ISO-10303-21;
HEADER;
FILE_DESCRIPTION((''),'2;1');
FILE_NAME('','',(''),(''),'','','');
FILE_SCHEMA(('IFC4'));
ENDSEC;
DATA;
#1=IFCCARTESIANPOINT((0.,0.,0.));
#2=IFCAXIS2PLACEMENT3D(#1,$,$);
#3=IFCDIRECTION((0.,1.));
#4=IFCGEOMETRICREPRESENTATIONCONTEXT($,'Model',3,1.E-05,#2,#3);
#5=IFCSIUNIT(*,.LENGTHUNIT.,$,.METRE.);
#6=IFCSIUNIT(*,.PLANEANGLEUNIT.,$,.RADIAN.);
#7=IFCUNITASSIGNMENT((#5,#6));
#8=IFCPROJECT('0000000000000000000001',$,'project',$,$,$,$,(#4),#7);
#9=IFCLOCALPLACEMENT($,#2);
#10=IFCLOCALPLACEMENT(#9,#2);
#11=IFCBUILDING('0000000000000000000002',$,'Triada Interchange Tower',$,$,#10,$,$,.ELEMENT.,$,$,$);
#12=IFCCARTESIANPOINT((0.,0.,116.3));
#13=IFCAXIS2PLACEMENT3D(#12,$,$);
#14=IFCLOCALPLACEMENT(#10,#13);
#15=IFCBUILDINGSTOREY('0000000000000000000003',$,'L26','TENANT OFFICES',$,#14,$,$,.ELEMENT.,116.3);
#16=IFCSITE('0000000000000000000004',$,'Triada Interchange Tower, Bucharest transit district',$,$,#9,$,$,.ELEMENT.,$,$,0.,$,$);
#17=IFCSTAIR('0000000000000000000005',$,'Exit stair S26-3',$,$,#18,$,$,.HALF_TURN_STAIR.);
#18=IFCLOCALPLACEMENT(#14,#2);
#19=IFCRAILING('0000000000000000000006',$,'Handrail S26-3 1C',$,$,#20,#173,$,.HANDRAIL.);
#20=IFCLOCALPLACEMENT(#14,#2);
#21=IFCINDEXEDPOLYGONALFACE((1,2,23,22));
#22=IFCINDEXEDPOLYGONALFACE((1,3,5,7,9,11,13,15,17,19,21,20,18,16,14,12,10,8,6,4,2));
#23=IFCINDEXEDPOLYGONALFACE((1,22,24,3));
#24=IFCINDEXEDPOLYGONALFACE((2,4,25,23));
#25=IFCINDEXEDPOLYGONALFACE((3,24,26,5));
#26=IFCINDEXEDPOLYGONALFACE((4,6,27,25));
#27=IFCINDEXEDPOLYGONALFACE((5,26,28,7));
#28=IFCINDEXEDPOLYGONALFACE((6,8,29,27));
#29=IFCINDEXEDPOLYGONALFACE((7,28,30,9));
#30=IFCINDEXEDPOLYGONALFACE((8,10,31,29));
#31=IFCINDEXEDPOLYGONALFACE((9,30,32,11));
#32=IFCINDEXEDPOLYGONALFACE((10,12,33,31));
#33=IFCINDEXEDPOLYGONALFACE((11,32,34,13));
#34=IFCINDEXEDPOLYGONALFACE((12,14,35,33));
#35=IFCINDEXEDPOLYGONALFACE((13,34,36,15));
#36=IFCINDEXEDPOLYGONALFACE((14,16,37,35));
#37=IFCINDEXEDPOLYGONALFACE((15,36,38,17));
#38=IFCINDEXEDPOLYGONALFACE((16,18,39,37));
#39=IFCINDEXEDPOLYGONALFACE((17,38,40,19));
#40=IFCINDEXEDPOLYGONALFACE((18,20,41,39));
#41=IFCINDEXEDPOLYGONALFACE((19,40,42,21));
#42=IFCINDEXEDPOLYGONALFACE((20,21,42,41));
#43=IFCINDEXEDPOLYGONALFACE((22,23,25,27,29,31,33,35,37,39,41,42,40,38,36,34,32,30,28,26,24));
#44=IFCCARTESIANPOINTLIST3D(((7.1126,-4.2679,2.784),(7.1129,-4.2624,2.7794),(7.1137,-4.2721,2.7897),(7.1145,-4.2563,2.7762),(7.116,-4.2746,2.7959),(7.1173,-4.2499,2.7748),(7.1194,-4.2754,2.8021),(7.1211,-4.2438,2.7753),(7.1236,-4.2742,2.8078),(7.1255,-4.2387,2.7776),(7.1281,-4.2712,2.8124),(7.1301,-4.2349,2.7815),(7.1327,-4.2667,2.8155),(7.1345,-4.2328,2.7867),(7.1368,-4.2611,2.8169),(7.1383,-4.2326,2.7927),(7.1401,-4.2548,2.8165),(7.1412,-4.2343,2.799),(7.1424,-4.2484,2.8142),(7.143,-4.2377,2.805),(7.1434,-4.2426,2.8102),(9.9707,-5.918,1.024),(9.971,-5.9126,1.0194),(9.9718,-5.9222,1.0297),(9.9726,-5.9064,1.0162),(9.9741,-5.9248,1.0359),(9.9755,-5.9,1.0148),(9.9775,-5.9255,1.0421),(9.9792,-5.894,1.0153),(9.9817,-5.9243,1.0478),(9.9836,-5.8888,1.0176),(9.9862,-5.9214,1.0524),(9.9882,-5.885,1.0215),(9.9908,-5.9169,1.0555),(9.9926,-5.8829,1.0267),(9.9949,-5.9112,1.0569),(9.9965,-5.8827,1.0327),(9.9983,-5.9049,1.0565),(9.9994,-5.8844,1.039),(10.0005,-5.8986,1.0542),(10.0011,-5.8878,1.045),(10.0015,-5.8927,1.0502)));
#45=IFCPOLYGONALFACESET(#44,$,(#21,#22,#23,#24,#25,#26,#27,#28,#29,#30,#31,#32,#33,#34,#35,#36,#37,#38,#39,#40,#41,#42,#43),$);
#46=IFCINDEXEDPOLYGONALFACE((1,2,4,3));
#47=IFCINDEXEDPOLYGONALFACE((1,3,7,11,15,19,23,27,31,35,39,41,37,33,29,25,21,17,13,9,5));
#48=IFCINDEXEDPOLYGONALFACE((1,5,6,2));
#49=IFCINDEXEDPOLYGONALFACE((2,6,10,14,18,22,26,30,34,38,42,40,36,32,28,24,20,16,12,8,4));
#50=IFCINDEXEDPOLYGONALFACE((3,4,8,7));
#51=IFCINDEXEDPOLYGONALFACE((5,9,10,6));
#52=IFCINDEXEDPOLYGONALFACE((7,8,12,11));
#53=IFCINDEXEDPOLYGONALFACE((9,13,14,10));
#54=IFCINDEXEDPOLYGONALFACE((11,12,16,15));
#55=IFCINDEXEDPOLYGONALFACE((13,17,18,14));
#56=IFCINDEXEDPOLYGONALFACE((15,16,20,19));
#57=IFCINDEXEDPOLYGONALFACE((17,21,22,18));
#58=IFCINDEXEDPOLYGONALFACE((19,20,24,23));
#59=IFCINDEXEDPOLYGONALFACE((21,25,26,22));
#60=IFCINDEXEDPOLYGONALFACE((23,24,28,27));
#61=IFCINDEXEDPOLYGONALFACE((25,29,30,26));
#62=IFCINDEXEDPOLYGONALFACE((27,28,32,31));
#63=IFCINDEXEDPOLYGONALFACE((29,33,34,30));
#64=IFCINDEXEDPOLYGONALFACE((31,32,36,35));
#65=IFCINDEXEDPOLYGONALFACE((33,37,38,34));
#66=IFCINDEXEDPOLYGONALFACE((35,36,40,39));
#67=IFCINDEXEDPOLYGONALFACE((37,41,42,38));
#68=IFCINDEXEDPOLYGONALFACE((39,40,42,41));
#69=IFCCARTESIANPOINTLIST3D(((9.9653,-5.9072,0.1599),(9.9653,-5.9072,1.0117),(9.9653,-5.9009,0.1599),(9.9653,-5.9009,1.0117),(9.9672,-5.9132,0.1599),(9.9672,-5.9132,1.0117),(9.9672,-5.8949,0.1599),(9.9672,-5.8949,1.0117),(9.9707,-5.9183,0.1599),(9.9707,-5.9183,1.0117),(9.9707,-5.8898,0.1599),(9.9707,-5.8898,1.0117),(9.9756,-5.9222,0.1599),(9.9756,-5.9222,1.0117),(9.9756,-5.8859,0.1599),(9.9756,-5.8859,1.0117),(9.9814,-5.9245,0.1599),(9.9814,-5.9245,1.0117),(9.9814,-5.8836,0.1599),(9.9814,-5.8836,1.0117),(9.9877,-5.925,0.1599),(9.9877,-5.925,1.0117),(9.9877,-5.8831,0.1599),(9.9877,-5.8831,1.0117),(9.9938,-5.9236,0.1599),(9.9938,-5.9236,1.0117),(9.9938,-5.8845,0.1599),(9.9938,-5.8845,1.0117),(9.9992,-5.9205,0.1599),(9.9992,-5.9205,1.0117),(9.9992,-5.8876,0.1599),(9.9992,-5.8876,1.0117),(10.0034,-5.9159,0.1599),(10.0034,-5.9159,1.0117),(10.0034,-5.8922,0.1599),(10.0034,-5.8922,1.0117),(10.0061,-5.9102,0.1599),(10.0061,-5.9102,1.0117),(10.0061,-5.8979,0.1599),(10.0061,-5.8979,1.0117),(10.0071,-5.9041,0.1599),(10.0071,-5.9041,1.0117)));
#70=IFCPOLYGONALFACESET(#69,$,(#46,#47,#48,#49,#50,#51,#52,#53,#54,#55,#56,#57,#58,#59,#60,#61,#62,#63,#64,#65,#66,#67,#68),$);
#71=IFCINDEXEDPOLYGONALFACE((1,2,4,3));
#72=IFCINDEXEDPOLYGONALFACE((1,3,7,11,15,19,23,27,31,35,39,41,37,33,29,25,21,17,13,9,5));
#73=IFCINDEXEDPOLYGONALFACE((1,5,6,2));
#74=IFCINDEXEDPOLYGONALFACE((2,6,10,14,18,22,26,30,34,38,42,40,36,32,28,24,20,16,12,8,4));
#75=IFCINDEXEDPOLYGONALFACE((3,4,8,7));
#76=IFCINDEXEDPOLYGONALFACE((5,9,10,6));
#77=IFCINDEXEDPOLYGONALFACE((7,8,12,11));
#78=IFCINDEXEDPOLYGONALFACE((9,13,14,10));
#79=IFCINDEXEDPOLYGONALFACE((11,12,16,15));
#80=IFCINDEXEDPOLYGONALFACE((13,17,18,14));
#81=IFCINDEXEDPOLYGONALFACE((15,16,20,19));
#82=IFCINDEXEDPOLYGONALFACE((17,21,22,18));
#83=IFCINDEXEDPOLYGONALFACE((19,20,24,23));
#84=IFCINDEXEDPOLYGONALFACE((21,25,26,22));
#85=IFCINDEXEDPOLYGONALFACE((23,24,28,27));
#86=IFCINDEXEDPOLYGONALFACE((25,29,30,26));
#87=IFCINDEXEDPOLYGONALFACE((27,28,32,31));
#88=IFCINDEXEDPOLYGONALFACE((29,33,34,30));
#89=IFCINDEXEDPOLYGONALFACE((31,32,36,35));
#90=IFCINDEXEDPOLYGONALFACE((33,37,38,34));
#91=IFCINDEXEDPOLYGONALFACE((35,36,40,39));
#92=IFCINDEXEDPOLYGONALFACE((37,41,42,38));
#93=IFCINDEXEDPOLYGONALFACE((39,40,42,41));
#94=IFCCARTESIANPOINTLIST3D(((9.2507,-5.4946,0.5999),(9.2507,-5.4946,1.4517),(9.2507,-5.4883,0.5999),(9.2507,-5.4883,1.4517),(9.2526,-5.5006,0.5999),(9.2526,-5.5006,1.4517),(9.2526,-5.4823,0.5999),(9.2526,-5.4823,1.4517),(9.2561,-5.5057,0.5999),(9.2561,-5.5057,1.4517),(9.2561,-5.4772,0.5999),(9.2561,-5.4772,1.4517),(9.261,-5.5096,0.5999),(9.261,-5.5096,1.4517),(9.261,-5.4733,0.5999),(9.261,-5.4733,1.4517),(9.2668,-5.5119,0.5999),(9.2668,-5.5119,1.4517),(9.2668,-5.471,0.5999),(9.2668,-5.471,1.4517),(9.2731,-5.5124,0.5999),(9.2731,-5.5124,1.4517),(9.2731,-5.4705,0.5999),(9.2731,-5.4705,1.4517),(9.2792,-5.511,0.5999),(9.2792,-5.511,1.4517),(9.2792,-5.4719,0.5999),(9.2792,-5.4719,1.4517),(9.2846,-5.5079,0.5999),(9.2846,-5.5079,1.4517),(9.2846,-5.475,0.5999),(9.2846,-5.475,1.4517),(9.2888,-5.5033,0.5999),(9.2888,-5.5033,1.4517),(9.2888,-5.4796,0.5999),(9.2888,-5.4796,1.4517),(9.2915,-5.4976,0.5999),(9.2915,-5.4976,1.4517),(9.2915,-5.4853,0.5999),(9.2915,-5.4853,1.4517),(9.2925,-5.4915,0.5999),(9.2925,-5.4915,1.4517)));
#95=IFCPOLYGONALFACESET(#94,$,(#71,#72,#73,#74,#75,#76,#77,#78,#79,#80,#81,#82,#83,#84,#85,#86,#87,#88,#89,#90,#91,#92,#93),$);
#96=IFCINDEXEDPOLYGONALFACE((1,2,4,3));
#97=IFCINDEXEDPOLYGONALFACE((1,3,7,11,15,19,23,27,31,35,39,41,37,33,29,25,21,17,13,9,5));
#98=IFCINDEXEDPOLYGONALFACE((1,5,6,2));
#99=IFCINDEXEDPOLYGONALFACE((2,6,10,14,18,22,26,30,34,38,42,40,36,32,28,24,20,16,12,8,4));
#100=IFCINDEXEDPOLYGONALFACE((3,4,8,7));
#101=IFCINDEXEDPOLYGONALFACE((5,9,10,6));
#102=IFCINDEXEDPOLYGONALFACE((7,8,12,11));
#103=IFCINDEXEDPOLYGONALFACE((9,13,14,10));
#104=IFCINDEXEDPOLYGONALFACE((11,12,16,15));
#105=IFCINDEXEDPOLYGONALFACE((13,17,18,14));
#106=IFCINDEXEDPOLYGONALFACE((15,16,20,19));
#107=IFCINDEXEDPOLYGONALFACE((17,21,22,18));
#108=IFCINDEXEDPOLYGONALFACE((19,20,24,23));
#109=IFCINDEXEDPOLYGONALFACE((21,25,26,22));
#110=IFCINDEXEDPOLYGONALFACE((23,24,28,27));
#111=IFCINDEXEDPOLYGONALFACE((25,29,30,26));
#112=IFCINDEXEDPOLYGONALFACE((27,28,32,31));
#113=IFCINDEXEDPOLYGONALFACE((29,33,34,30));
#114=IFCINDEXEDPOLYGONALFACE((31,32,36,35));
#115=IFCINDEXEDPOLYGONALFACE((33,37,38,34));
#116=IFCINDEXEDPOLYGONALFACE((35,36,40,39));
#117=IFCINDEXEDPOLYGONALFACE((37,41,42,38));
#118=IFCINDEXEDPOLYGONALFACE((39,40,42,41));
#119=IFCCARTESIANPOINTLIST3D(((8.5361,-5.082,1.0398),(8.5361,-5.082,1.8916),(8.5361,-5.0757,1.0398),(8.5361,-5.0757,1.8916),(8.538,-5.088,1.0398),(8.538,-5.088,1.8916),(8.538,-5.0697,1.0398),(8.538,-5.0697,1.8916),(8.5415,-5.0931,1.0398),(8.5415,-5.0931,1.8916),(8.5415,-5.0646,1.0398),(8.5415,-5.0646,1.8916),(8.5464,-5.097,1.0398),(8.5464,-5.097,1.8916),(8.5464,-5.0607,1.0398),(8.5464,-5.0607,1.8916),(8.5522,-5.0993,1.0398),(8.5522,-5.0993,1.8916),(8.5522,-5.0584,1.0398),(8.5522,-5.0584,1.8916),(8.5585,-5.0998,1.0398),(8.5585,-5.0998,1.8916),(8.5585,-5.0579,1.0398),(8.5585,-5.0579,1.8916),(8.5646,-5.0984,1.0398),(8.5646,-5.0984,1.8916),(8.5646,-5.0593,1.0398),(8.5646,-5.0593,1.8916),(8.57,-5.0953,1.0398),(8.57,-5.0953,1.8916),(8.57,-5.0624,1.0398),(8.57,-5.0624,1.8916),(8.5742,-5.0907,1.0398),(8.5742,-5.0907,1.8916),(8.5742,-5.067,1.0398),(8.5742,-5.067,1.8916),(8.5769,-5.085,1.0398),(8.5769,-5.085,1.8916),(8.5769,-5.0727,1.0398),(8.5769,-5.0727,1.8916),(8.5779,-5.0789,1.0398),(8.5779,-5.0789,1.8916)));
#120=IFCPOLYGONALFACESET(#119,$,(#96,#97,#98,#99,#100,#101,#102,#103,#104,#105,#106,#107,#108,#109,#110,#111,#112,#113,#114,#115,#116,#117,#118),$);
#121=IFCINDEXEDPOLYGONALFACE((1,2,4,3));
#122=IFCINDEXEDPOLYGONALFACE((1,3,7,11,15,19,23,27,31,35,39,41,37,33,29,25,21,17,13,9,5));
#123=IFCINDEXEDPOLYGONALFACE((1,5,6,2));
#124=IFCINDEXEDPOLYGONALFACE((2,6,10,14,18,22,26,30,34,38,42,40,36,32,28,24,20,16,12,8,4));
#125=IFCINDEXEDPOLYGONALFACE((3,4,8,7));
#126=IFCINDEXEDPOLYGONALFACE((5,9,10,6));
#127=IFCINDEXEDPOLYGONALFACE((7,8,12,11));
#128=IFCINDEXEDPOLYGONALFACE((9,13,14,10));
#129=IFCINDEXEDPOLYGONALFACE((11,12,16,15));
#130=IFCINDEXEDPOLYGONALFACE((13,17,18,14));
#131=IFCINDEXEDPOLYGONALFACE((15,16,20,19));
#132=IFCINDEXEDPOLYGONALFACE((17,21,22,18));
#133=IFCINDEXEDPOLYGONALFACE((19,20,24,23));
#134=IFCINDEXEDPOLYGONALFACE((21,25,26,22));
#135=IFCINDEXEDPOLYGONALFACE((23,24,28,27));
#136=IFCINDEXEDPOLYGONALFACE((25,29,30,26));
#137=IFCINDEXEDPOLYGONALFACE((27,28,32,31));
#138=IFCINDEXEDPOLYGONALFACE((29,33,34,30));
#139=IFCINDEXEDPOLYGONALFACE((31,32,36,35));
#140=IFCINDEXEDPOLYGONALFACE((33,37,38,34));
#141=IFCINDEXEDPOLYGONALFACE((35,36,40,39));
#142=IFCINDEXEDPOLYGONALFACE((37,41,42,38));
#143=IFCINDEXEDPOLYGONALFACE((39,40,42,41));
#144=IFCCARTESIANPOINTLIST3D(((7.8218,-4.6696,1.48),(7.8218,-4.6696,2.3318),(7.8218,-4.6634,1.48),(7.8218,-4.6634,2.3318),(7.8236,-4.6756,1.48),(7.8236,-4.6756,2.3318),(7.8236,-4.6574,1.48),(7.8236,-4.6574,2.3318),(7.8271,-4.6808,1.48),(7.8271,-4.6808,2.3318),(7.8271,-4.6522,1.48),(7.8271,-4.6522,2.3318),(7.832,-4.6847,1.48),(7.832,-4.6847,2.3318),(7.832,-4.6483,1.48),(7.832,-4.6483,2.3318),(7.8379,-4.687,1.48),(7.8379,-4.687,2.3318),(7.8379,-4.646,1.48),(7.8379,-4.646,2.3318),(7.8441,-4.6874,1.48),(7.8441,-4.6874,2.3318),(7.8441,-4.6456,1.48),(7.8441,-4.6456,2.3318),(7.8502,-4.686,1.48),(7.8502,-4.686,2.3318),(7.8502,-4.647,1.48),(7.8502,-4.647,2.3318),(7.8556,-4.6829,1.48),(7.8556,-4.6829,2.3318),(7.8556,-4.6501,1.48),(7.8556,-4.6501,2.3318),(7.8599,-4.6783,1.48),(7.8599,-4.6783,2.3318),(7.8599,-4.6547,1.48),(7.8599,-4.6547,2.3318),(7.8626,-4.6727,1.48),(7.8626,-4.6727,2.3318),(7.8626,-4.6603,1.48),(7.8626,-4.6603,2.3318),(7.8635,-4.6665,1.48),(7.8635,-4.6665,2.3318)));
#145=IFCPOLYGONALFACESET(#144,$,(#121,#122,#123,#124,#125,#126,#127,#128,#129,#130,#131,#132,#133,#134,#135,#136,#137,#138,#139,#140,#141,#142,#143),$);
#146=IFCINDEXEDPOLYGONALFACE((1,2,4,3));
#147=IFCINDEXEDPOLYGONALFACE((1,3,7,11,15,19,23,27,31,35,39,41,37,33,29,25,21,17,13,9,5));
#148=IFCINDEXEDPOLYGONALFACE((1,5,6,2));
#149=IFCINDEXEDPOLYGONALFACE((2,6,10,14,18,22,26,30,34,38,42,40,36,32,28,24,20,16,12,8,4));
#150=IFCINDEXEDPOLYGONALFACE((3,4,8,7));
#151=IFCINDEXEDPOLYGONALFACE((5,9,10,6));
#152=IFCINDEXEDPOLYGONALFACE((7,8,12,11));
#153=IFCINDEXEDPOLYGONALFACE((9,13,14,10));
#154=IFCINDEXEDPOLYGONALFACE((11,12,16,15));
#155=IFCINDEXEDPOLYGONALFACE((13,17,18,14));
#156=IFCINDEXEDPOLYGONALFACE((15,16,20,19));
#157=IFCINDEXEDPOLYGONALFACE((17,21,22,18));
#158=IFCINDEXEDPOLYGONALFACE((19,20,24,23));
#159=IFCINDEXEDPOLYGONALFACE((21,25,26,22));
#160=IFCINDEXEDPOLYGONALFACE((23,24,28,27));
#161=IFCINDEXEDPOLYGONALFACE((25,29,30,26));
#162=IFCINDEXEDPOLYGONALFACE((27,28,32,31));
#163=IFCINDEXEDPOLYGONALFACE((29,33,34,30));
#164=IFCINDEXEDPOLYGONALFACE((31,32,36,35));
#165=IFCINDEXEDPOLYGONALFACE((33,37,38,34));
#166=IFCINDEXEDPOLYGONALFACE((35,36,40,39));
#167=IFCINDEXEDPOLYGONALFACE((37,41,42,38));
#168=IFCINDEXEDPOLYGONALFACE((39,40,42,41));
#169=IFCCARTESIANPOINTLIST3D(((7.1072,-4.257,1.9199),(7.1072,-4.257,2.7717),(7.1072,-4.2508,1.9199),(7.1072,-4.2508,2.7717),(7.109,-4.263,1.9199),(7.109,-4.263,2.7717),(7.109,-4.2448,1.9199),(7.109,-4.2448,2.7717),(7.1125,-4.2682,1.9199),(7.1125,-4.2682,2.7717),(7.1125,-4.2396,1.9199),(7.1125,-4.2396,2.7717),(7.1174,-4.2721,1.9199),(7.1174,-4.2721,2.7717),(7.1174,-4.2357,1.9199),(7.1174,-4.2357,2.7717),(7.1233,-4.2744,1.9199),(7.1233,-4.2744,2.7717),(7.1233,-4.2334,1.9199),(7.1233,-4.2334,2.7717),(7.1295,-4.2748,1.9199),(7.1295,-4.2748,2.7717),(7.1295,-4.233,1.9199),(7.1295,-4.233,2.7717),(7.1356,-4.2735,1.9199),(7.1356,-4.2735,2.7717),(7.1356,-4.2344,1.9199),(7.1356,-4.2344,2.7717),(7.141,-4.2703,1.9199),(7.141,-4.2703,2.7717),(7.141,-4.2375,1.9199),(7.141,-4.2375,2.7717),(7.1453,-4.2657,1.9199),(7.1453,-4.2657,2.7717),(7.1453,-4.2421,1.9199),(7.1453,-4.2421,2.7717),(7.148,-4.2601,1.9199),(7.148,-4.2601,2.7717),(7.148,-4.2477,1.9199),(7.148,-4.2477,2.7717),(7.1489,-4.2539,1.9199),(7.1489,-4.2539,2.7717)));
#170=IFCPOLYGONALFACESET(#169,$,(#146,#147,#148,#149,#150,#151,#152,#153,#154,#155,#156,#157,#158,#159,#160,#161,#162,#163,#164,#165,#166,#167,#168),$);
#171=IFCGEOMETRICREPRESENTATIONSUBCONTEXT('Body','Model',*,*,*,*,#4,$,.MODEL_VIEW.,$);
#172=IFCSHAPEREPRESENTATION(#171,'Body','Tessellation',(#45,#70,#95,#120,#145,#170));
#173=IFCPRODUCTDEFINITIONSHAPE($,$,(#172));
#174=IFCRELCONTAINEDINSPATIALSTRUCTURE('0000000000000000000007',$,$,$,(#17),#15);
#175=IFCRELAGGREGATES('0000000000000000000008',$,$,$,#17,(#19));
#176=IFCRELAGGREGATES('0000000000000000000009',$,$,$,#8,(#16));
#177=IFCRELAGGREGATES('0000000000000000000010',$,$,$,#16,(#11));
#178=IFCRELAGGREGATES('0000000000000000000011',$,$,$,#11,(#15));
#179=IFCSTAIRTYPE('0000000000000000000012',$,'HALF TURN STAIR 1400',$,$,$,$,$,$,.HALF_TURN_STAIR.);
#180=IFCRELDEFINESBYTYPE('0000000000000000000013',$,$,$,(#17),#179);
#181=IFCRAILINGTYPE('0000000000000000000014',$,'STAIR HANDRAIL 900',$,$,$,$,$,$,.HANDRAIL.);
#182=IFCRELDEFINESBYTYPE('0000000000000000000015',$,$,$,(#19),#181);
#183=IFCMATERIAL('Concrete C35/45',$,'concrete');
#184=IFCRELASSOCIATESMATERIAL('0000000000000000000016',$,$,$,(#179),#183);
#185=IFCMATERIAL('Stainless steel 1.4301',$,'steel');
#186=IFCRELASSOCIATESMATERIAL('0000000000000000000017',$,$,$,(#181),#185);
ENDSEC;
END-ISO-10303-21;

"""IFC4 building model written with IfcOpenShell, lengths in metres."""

from ifc_helpers import new_model, si_unit, direction, frame, origin, origin_2d, place, context, subcontext, project, spatial, circle, extrude, material, type_object, element, aggregate, save


model = new_model("IFC4")

# Units and contexts
model_context = context("Model", 3, precision=1e-05, world=origin(), true_north=direction((0.0, 1.0)))
body_context = subcontext(model_context, "Body", "Model", "MODEL_VIEW")
ifc_project = project(units=[si_unit("LENGTHUNIT", "METRE"), si_unit("PLANEANGLEUNIT", "RADIAN")], contexts=[model_context])

# Site, building, storey
site_placement = place(None, origin())
site = spatial("IfcSite", under=ifc_project, at=site_placement, Name="Triada Interchange Tower, Bucharest transit district", CompositionType="ELEMENT", RefElevation=0.0)
building_placement = place(site_placement, origin())
building = spatial("IfcBuilding", under=site, at=building_placement, Name="Triada Interchange Tower", CompositionType="ELEMENT")
storey_placement = place(building_placement, frame((0.0, 0.0, 116.3)))
storey = spatial("IfcBuildingStorey", under=building, at=storey_placement, Name="L26", Description="TENANT OFFICES", CompositionType="ELEMENT", Elevation=116.3)

# Stair, railing
ifc_material_1 = material(Name="Concrete C35/45", Category="concrete")
stair_type = type_object("IfcStairType", Name="HALF TURN STAIR 1400", PredefinedType="HALF_TURN_STAIR", material=ifc_material_1)
stair_placement = place(storey_placement, origin())
stair = element("IfcStair", 1, at=stair_placement, inside=storey, type_object=stair_type, Name="Exit stair S26-3", PredefinedType="HALF_TURN_STAIR")
ifc_material_2 = material(Name="Stainless steel 1.4301", Category="steel")
railing_type = type_object("IfcRailingType", Name="STAIR HANDRAIL 900", PredefinedType="HANDRAIL", material=ifc_material_2)
railing_1_placement = place(storey_placement, frame((9.9861, -5.9041, 0.1599)))
railing_1 = element("IfcRailing", 2, at=railing_1_placement, type_object=railing_type, Name="Handrail S26-3 1C", PredefinedType="HANDRAIL", context=body_context, shape_type="SweptSolid", body=[
    extrude(circle(Radius=0.0239, at=origin_2d()), frame((0.0, 0.0, 0.876), z_axis=(-0.764156, 0.441183, 0.470556), x_axis=(-0.499998, -0.866027, 0.0)), (0.0, 0.0, 1.0), 3.7402),
    extrude(circle(Radius=0.021, at=origin_2d()), origin(), (0.0, 0.0, 1.0), 0.8518),
    extrude(circle(Radius=0.021, at=origin_2d()), frame((-0.7146, 0.4126, 0.4399)), (0.0, 0.0, 1.0), 0.8518),
    extrude(circle(Radius=0.021, at=origin_2d()), frame((-1.4292, 0.8252, 0.8799)), (0.0, 0.0, 1.0), 0.8518),
    extrude(circle(Radius=0.021, at=origin_2d()), frame((-2.1436, 1.2375, 1.3201)), (0.0, 0.0, 1.0), 0.8518),
    extrude(circle(Radius=0.021, at=origin_2d()), frame((-2.8582, 1.6501, 1.76)), (0.0, 0.0, 1.0), 0.8518),
])
aggregate(stair, [railing_1])

save(model, "model.ifc")
